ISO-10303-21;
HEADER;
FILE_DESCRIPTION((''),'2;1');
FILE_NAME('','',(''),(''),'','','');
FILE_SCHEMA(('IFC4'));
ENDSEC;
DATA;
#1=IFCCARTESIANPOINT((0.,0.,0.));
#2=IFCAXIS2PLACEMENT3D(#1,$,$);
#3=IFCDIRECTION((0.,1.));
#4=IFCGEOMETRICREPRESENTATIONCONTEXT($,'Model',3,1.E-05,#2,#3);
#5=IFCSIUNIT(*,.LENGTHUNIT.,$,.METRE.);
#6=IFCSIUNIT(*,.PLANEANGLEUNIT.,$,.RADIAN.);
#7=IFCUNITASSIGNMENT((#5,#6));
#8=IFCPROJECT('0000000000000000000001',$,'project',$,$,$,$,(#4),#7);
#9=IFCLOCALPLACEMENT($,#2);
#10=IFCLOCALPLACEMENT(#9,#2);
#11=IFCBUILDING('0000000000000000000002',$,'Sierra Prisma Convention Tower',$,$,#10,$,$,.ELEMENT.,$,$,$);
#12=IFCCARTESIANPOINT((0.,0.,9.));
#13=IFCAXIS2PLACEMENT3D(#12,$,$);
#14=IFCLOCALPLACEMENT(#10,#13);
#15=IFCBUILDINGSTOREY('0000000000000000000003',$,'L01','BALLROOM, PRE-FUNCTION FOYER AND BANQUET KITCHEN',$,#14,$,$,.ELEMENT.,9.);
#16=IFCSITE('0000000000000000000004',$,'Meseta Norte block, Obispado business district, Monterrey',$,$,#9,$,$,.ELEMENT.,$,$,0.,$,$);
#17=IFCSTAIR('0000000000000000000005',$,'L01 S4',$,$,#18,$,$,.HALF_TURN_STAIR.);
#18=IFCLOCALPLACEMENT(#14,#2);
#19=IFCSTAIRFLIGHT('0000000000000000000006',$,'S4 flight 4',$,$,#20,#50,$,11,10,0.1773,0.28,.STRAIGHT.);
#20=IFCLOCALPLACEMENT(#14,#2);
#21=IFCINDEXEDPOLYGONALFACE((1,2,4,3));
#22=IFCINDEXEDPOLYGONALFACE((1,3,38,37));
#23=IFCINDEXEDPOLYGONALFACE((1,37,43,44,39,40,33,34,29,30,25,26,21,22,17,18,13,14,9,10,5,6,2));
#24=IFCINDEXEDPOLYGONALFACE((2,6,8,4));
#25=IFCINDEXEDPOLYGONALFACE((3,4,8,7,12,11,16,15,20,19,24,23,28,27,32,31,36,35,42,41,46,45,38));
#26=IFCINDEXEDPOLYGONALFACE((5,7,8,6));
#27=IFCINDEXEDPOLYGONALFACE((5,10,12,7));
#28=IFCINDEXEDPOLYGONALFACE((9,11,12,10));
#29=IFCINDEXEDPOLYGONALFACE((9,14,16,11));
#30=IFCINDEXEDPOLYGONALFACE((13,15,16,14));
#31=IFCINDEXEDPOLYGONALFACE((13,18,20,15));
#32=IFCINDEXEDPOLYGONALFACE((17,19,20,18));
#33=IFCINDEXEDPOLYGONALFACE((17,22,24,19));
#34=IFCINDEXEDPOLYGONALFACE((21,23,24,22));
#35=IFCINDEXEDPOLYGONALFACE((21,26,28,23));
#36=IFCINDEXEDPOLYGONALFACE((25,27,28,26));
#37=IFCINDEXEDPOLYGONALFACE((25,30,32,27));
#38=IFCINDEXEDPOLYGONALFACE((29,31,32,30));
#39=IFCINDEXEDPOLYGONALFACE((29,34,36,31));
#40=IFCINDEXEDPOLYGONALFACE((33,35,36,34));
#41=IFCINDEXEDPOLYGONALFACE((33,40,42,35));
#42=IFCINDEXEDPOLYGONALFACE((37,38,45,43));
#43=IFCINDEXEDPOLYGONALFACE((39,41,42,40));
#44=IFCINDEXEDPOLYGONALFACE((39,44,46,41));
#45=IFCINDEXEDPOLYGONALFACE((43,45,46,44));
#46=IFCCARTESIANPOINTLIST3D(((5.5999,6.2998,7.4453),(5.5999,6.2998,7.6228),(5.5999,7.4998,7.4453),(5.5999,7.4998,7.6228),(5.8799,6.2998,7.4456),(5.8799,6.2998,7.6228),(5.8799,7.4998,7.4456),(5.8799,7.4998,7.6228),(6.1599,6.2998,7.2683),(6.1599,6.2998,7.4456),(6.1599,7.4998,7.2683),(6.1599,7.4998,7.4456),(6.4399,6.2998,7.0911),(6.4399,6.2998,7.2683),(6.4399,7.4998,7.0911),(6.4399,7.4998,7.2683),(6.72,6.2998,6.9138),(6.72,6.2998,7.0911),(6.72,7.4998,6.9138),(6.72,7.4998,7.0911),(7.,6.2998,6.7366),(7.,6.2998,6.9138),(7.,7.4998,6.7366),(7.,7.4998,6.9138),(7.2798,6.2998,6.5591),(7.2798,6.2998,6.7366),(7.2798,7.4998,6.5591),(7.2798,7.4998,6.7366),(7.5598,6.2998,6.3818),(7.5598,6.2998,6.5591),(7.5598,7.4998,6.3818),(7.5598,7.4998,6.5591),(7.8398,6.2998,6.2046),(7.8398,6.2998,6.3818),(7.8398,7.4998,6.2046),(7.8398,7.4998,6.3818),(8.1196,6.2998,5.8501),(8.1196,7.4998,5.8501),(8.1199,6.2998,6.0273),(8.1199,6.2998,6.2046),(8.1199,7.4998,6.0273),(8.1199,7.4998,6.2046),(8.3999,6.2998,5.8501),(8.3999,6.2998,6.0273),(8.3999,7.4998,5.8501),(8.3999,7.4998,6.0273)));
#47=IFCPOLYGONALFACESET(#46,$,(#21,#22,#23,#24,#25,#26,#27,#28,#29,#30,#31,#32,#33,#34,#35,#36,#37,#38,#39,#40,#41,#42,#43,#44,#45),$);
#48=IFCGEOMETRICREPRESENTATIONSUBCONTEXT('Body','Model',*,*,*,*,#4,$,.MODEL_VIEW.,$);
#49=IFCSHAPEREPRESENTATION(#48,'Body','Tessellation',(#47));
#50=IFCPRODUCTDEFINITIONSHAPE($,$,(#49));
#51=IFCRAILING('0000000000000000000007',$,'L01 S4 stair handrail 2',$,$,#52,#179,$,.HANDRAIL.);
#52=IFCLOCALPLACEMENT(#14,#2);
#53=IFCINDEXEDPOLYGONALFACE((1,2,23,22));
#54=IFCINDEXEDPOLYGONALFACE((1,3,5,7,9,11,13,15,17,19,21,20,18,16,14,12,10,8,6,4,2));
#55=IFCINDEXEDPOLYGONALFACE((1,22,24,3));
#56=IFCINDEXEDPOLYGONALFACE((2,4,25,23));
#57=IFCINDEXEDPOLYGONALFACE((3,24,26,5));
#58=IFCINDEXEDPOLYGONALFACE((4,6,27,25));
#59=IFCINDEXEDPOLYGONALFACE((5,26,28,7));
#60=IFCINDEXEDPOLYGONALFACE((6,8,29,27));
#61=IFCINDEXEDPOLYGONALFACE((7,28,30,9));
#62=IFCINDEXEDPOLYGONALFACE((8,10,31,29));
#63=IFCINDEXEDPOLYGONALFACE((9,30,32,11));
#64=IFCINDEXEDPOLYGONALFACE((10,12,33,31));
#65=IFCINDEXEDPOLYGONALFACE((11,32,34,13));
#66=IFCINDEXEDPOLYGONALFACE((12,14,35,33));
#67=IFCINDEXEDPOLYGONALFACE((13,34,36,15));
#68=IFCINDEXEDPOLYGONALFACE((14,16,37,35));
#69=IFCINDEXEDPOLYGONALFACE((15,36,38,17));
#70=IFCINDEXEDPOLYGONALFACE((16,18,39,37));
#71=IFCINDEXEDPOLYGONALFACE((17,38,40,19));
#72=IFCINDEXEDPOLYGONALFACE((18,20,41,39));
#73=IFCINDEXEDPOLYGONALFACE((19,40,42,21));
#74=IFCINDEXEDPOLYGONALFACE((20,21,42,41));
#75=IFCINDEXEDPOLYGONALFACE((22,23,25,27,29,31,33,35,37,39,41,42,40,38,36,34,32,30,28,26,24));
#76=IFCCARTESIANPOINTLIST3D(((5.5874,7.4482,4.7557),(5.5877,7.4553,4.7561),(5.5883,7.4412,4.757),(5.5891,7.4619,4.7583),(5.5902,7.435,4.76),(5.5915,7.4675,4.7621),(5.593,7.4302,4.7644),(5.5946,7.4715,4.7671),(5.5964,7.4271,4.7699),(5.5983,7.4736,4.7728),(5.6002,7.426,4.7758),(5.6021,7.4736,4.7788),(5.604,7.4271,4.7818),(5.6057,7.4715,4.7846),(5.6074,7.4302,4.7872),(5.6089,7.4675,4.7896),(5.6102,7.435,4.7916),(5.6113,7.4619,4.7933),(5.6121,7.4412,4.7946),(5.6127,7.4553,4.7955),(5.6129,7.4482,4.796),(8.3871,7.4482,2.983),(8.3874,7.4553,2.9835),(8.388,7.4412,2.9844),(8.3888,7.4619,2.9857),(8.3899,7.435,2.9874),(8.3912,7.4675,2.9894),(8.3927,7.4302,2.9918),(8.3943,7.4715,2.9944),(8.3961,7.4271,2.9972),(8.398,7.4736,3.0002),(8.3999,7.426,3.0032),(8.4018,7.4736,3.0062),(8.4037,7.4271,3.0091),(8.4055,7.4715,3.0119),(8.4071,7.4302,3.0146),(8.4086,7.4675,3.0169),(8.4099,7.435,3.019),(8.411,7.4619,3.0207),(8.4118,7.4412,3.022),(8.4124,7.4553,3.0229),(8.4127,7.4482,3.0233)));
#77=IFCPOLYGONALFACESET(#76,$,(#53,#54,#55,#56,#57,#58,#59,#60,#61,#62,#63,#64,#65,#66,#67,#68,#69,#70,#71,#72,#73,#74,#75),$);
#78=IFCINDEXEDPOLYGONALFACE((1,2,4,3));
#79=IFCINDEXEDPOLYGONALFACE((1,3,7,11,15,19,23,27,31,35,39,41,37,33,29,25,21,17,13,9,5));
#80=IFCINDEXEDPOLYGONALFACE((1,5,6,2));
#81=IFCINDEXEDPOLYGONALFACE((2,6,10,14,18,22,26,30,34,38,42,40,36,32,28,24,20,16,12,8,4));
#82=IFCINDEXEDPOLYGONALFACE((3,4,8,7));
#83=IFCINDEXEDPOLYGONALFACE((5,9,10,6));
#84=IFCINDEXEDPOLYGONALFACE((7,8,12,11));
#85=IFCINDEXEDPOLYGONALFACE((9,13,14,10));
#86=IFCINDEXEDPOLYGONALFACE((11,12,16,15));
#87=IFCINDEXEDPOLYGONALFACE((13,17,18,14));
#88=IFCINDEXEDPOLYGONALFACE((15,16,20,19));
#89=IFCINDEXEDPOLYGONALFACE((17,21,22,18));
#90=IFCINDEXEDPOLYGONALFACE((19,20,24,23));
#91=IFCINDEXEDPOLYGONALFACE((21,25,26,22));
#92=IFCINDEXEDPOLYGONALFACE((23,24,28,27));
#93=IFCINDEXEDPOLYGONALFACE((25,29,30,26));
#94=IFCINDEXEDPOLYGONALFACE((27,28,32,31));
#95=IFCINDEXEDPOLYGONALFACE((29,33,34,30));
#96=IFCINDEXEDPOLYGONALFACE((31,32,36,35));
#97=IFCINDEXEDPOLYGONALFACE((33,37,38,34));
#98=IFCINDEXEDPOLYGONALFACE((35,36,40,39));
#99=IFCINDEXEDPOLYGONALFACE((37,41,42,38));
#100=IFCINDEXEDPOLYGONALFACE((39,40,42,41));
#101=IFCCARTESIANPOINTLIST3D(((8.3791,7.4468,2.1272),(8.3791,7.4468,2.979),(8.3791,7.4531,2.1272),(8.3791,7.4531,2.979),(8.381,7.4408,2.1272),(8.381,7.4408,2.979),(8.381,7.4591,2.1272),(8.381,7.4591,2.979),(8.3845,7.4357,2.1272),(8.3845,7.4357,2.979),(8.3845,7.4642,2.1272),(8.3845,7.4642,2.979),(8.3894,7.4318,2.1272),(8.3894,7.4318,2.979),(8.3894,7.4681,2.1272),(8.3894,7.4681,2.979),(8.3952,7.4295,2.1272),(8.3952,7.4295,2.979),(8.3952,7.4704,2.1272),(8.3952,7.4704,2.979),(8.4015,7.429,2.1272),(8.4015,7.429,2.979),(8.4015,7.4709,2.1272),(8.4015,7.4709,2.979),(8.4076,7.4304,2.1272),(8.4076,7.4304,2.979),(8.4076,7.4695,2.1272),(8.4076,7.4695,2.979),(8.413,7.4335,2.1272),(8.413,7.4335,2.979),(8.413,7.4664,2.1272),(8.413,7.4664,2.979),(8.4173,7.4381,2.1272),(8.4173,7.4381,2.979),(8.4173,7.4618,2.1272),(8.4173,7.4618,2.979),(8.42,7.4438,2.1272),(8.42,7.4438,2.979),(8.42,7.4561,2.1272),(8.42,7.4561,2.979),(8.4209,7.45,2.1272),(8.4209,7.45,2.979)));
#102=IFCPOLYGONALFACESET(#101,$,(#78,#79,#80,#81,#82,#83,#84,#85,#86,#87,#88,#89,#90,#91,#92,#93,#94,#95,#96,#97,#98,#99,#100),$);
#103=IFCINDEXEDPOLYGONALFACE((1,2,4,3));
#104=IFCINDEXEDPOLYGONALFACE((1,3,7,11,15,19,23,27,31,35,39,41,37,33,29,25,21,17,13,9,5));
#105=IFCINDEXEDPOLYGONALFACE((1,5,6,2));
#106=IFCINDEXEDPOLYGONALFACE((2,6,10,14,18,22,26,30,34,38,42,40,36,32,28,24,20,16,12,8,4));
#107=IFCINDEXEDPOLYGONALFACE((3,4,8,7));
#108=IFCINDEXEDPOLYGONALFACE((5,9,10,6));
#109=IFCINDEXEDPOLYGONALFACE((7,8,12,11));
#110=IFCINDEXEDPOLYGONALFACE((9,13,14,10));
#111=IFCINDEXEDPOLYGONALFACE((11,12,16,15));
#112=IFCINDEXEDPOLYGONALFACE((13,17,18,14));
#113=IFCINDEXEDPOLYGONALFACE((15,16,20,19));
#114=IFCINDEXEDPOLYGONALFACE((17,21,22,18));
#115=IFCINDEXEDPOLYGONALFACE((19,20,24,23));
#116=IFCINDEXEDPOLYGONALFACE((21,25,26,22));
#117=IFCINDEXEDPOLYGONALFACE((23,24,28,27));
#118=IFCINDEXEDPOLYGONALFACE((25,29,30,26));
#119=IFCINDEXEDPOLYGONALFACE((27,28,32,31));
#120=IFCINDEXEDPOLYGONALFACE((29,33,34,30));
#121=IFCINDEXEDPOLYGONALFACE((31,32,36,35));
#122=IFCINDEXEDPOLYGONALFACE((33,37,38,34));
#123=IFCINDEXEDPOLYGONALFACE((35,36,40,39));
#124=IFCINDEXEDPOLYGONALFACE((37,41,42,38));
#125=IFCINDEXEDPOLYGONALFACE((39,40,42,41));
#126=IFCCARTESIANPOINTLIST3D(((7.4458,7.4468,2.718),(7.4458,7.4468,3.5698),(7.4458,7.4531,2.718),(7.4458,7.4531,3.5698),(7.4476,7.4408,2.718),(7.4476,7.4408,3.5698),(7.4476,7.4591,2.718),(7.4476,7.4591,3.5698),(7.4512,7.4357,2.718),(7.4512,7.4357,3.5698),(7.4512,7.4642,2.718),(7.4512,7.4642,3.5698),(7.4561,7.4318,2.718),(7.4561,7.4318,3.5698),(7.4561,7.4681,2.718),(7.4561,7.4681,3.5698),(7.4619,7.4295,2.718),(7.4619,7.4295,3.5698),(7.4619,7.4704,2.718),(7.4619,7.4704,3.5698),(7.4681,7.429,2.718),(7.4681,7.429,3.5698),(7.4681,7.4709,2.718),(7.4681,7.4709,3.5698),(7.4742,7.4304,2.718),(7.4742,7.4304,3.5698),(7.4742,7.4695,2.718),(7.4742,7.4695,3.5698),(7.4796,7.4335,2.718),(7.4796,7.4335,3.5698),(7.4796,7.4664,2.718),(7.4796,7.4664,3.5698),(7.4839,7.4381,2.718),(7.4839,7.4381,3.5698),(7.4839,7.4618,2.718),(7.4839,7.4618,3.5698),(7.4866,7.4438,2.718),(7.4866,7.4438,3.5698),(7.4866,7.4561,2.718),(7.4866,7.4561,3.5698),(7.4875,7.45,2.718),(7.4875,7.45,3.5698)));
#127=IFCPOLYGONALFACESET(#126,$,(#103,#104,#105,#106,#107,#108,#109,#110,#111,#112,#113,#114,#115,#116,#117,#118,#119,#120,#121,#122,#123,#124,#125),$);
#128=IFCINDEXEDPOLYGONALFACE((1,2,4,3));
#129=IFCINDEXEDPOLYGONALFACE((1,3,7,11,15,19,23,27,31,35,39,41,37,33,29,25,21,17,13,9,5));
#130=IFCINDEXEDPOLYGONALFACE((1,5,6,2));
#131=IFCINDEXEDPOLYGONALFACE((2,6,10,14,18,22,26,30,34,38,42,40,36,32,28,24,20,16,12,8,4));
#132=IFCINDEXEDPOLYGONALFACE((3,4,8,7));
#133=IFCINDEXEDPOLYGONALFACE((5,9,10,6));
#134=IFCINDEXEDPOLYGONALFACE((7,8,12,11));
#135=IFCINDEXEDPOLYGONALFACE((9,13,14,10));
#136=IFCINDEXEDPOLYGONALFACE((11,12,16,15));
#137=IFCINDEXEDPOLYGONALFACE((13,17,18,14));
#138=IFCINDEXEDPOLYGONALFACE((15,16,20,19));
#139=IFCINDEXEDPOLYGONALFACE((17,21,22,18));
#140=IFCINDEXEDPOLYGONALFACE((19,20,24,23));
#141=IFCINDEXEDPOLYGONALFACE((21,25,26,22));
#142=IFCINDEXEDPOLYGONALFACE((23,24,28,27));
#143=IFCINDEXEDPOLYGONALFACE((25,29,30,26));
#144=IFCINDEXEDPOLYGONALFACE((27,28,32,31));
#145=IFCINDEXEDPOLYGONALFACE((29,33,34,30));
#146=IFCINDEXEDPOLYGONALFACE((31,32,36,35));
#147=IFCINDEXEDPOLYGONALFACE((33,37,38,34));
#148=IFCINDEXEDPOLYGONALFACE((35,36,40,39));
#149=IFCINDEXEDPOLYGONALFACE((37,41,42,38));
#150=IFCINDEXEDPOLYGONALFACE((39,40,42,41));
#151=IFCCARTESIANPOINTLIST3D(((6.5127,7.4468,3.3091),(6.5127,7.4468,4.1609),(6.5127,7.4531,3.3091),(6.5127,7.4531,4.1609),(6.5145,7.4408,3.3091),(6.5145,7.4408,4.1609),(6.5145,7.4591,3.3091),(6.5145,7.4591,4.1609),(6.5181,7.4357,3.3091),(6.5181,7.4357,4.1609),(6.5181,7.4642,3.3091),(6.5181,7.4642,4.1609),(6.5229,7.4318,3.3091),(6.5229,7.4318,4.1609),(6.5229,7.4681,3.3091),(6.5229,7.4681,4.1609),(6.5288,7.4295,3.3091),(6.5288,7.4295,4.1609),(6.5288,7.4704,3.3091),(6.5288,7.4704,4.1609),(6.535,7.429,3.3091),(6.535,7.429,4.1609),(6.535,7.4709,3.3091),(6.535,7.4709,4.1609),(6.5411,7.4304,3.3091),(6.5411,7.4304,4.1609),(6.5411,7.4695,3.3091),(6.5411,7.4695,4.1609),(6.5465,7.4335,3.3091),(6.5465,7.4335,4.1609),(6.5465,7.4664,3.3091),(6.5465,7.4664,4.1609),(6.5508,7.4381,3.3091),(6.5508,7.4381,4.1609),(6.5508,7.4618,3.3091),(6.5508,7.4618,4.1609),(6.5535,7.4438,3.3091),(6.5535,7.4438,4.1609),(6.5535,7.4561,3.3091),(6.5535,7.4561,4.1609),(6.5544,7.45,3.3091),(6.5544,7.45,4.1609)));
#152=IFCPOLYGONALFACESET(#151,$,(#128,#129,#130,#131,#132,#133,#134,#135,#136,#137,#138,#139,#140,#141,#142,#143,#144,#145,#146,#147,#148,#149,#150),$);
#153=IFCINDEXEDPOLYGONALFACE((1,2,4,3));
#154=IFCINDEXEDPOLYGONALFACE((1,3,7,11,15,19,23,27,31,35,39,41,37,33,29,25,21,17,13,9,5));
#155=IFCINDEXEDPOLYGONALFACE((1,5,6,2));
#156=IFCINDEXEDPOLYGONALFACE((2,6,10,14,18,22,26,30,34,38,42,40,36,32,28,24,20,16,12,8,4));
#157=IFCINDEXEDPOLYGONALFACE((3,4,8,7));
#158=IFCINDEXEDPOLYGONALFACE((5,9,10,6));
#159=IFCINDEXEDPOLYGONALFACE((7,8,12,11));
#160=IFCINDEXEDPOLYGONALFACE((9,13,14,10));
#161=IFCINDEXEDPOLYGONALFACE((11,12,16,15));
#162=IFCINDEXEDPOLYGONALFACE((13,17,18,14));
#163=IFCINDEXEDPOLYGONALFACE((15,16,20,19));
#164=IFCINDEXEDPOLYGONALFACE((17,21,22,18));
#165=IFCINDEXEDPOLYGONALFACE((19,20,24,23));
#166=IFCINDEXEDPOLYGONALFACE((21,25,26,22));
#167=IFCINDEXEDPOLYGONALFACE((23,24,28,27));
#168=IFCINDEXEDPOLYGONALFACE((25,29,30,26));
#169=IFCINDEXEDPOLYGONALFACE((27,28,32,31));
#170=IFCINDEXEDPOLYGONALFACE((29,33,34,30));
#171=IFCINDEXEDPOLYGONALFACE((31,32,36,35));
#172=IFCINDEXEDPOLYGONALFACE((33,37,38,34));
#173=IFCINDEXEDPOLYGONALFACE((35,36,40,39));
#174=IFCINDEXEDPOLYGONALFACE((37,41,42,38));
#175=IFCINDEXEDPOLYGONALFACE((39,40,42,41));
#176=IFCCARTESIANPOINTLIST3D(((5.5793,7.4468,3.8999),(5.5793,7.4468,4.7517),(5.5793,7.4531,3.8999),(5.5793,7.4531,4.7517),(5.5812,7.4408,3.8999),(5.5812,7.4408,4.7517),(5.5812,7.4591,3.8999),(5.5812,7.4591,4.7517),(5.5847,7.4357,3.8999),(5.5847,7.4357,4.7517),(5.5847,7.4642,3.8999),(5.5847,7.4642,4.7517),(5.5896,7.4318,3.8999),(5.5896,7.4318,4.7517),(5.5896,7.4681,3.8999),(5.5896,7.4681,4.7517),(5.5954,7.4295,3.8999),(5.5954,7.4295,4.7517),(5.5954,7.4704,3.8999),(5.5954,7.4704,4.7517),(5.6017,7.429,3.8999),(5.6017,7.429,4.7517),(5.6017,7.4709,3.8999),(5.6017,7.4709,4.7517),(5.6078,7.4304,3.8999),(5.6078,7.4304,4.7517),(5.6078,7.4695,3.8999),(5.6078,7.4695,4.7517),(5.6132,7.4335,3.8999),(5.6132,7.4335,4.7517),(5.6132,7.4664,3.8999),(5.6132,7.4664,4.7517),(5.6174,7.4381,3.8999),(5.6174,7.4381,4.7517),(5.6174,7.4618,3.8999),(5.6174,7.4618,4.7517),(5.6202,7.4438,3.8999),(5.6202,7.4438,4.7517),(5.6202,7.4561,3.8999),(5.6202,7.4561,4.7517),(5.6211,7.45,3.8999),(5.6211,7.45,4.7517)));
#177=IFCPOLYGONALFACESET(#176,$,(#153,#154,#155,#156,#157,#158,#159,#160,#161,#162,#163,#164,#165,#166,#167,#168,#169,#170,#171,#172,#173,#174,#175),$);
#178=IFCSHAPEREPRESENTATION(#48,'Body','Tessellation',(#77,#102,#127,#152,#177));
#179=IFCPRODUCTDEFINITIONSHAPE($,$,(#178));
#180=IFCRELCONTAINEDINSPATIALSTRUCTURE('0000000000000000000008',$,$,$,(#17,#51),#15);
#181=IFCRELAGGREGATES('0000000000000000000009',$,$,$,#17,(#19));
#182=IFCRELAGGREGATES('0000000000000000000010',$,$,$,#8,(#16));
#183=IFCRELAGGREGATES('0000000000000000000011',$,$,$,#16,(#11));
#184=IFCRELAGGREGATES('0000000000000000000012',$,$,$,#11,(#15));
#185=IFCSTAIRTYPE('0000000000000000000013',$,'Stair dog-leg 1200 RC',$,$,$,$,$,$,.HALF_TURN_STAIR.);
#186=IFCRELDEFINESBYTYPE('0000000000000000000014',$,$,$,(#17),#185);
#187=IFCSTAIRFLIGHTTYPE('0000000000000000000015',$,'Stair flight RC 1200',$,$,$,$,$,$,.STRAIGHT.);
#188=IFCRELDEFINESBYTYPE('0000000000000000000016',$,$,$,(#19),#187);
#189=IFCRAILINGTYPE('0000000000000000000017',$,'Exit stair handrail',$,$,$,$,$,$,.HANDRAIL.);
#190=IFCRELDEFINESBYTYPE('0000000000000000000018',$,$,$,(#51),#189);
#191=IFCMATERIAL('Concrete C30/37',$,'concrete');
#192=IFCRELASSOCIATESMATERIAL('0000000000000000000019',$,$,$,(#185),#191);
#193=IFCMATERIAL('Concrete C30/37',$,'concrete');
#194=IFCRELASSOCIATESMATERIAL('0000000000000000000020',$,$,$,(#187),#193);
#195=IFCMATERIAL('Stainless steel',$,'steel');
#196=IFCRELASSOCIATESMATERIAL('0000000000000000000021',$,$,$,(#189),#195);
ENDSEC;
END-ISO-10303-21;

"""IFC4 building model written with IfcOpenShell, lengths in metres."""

from ifc_helpers import new_model, si_unit, direction, frame, origin, origin_2d, place, context, subcontext, project, spatial, polyline, circle, outline, extrude, material, type_object, element, aggregate, save


model = new_model("IFC4")

# Units and contexts
model_context = context("Model", 3, precision=1e-05, world=origin(), true_north=direction((0.0, 1.0)))
body_context = subcontext(model_context, "Body", "Model", "MODEL_VIEW")
ifc_project = project(units=[si_unit("LENGTHUNIT", "METRE"), si_unit("PLANEANGLEUNIT", "RADIAN")], contexts=[model_context])

# Site, building, storey
site_placement = place(None, origin())
site = spatial("IfcSite", under=ifc_project, at=site_placement, Name="Meseta Norte block, Obispado business district, Monterrey", CompositionType="ELEMENT", RefElevation=0.0)
building_placement = place(site_placement, origin())
building = spatial("IfcBuilding", under=site, at=building_placement, Name="Sierra Prisma Convention Tower", CompositionType="ELEMENT")
storey_placement = place(building_placement, frame((0.0, 0.0, 9.0)))
storey = spatial("IfcBuildingStorey", under=building, at=storey_placement, Name="L01", Description="BALLROOM, PRE-FUNCTION FOYER AND BANQUET KITCHEN", CompositionType="ELEMENT", Elevation=9.0)

# Stair, stair flight
ifc_material_1 = material(Name="Concrete C30/37", Category="concrete")
stair_type = type_object("IfcStairType", Name="Stair dog-leg 1200 RC", PredefinedType="HALF_TURN_STAIR", material=ifc_material_1)
stair_placement = place(storey_placement, origin())
stair = element("IfcStair", 1, at=stair_placement, inside=storey, type_object=stair_type, Name="L01 S4", PredefinedType="HALF_TURN_STAIR")
ifc_material_2 = material(Name="Concrete C30/37", Category="concrete")
stair_flight_type = type_object("IfcStairFlightType", Name="Stair flight RC 1200", PredefinedType="STRAIGHT", material=ifc_material_2)
stair_flight_placement = place(storey_placement, frame((8.3999, 6.8999, 5.8501), z_axis=(0.0, 0.0, 1.0), x_axis=(-1.0, 0.0, 0.0)))
stair_flight = element("IfcStairFlight", 2, at=stair_flight_placement, type_object=stair_flight_type, Name="S4 flight 4", NumberOfRisers=11, NumberOfTreads=10, PredefinedType="STRAIGHT", RiserHeight=0.1773, TreadLength=0.28, context=body_context, shape_type="SweptSolid", body=[
    extrude(outline(polyline([(0.0, 0.0), (0.0, 0.1772), (0.28, 0.1772), (0.28, 0.3545), (0.5601, 0.3545), (0.5601, 0.5317), (0.8401, 0.5317), (0.8401, 0.709), (1.1201, 0.709), (1.1201, 0.8865), (1.3999, 0.8865), (1.3999, 1.0637), (1.6799, 1.0637), (1.6799, 1.241), (1.96, 1.241), (1.96, 1.4182), (2.24, 1.4182), (2.24, 1.5955), (2.52, 1.5955), (2.52, 1.7727), (2.8, 1.7727), (2.8, 1.95), (2.8, 1.5952), (0.2803, 0.0), (0.0, 0.0)])), frame((0.0, 0.6001, 0.0), z_axis=(0.0, -1.0, 0.0), x_axis=(1.0, 0.0, 0.0)), (0.0, 0.0, 1.0), 1.2),
])
aggregate(stair, [stair_flight])

# Railing
ifc_material_3 = material(Name="Stainless steel", Category="steel")
railing_type_1 = type_object("IfcRailingType", Name="Exit stair handrail", PredefinedType="HANDRAIL", material=ifc_material_3)
for number, where, name in (
    (3, (8.3999, 7.45, 2.1272), "L01 S4 stair handrail 2"),
):
    element("IfcRailing", number, at=place(storey_placement, frame(where)), inside=storey, type_object=railing_type_1, Name=name, PredefinedType="HANDRAIL", context=body_context, shape_type="SweptSolid", body=[
        extrude(circle(Radius=0.0239, at=origin_2d()), frame((0.0, 0.0, 0.876), z_axis=(-0.844888, 0.0, 0.534943), x_axis=(0.0, -1.0, 0.0)), (0.0, 0.0, 1.0), 3.3137),
        extrude(circle(Radius=0.021, at=origin_2d()), origin(), (0.0, 0.0, 1.0), 0.8518),
        extrude(circle(Radius=0.021, at=origin_2d()), frame((-0.9333, 0.0, 0.5908)), (0.0, 0.0, 1.0), 0.8518),
        extrude(circle(Radius=0.021, at=origin_2d()), frame((-1.8665, 0.0, 1.1819)), (0.0, 0.0, 1.0), 0.8518),
        extrude(circle(Radius=0.021, at=origin_2d()), frame((-2.7998, 0.0, 1.7727)), (0.0, 0.0, 1.0), 0.8518),
    ])

save(model, "model.ifc")
